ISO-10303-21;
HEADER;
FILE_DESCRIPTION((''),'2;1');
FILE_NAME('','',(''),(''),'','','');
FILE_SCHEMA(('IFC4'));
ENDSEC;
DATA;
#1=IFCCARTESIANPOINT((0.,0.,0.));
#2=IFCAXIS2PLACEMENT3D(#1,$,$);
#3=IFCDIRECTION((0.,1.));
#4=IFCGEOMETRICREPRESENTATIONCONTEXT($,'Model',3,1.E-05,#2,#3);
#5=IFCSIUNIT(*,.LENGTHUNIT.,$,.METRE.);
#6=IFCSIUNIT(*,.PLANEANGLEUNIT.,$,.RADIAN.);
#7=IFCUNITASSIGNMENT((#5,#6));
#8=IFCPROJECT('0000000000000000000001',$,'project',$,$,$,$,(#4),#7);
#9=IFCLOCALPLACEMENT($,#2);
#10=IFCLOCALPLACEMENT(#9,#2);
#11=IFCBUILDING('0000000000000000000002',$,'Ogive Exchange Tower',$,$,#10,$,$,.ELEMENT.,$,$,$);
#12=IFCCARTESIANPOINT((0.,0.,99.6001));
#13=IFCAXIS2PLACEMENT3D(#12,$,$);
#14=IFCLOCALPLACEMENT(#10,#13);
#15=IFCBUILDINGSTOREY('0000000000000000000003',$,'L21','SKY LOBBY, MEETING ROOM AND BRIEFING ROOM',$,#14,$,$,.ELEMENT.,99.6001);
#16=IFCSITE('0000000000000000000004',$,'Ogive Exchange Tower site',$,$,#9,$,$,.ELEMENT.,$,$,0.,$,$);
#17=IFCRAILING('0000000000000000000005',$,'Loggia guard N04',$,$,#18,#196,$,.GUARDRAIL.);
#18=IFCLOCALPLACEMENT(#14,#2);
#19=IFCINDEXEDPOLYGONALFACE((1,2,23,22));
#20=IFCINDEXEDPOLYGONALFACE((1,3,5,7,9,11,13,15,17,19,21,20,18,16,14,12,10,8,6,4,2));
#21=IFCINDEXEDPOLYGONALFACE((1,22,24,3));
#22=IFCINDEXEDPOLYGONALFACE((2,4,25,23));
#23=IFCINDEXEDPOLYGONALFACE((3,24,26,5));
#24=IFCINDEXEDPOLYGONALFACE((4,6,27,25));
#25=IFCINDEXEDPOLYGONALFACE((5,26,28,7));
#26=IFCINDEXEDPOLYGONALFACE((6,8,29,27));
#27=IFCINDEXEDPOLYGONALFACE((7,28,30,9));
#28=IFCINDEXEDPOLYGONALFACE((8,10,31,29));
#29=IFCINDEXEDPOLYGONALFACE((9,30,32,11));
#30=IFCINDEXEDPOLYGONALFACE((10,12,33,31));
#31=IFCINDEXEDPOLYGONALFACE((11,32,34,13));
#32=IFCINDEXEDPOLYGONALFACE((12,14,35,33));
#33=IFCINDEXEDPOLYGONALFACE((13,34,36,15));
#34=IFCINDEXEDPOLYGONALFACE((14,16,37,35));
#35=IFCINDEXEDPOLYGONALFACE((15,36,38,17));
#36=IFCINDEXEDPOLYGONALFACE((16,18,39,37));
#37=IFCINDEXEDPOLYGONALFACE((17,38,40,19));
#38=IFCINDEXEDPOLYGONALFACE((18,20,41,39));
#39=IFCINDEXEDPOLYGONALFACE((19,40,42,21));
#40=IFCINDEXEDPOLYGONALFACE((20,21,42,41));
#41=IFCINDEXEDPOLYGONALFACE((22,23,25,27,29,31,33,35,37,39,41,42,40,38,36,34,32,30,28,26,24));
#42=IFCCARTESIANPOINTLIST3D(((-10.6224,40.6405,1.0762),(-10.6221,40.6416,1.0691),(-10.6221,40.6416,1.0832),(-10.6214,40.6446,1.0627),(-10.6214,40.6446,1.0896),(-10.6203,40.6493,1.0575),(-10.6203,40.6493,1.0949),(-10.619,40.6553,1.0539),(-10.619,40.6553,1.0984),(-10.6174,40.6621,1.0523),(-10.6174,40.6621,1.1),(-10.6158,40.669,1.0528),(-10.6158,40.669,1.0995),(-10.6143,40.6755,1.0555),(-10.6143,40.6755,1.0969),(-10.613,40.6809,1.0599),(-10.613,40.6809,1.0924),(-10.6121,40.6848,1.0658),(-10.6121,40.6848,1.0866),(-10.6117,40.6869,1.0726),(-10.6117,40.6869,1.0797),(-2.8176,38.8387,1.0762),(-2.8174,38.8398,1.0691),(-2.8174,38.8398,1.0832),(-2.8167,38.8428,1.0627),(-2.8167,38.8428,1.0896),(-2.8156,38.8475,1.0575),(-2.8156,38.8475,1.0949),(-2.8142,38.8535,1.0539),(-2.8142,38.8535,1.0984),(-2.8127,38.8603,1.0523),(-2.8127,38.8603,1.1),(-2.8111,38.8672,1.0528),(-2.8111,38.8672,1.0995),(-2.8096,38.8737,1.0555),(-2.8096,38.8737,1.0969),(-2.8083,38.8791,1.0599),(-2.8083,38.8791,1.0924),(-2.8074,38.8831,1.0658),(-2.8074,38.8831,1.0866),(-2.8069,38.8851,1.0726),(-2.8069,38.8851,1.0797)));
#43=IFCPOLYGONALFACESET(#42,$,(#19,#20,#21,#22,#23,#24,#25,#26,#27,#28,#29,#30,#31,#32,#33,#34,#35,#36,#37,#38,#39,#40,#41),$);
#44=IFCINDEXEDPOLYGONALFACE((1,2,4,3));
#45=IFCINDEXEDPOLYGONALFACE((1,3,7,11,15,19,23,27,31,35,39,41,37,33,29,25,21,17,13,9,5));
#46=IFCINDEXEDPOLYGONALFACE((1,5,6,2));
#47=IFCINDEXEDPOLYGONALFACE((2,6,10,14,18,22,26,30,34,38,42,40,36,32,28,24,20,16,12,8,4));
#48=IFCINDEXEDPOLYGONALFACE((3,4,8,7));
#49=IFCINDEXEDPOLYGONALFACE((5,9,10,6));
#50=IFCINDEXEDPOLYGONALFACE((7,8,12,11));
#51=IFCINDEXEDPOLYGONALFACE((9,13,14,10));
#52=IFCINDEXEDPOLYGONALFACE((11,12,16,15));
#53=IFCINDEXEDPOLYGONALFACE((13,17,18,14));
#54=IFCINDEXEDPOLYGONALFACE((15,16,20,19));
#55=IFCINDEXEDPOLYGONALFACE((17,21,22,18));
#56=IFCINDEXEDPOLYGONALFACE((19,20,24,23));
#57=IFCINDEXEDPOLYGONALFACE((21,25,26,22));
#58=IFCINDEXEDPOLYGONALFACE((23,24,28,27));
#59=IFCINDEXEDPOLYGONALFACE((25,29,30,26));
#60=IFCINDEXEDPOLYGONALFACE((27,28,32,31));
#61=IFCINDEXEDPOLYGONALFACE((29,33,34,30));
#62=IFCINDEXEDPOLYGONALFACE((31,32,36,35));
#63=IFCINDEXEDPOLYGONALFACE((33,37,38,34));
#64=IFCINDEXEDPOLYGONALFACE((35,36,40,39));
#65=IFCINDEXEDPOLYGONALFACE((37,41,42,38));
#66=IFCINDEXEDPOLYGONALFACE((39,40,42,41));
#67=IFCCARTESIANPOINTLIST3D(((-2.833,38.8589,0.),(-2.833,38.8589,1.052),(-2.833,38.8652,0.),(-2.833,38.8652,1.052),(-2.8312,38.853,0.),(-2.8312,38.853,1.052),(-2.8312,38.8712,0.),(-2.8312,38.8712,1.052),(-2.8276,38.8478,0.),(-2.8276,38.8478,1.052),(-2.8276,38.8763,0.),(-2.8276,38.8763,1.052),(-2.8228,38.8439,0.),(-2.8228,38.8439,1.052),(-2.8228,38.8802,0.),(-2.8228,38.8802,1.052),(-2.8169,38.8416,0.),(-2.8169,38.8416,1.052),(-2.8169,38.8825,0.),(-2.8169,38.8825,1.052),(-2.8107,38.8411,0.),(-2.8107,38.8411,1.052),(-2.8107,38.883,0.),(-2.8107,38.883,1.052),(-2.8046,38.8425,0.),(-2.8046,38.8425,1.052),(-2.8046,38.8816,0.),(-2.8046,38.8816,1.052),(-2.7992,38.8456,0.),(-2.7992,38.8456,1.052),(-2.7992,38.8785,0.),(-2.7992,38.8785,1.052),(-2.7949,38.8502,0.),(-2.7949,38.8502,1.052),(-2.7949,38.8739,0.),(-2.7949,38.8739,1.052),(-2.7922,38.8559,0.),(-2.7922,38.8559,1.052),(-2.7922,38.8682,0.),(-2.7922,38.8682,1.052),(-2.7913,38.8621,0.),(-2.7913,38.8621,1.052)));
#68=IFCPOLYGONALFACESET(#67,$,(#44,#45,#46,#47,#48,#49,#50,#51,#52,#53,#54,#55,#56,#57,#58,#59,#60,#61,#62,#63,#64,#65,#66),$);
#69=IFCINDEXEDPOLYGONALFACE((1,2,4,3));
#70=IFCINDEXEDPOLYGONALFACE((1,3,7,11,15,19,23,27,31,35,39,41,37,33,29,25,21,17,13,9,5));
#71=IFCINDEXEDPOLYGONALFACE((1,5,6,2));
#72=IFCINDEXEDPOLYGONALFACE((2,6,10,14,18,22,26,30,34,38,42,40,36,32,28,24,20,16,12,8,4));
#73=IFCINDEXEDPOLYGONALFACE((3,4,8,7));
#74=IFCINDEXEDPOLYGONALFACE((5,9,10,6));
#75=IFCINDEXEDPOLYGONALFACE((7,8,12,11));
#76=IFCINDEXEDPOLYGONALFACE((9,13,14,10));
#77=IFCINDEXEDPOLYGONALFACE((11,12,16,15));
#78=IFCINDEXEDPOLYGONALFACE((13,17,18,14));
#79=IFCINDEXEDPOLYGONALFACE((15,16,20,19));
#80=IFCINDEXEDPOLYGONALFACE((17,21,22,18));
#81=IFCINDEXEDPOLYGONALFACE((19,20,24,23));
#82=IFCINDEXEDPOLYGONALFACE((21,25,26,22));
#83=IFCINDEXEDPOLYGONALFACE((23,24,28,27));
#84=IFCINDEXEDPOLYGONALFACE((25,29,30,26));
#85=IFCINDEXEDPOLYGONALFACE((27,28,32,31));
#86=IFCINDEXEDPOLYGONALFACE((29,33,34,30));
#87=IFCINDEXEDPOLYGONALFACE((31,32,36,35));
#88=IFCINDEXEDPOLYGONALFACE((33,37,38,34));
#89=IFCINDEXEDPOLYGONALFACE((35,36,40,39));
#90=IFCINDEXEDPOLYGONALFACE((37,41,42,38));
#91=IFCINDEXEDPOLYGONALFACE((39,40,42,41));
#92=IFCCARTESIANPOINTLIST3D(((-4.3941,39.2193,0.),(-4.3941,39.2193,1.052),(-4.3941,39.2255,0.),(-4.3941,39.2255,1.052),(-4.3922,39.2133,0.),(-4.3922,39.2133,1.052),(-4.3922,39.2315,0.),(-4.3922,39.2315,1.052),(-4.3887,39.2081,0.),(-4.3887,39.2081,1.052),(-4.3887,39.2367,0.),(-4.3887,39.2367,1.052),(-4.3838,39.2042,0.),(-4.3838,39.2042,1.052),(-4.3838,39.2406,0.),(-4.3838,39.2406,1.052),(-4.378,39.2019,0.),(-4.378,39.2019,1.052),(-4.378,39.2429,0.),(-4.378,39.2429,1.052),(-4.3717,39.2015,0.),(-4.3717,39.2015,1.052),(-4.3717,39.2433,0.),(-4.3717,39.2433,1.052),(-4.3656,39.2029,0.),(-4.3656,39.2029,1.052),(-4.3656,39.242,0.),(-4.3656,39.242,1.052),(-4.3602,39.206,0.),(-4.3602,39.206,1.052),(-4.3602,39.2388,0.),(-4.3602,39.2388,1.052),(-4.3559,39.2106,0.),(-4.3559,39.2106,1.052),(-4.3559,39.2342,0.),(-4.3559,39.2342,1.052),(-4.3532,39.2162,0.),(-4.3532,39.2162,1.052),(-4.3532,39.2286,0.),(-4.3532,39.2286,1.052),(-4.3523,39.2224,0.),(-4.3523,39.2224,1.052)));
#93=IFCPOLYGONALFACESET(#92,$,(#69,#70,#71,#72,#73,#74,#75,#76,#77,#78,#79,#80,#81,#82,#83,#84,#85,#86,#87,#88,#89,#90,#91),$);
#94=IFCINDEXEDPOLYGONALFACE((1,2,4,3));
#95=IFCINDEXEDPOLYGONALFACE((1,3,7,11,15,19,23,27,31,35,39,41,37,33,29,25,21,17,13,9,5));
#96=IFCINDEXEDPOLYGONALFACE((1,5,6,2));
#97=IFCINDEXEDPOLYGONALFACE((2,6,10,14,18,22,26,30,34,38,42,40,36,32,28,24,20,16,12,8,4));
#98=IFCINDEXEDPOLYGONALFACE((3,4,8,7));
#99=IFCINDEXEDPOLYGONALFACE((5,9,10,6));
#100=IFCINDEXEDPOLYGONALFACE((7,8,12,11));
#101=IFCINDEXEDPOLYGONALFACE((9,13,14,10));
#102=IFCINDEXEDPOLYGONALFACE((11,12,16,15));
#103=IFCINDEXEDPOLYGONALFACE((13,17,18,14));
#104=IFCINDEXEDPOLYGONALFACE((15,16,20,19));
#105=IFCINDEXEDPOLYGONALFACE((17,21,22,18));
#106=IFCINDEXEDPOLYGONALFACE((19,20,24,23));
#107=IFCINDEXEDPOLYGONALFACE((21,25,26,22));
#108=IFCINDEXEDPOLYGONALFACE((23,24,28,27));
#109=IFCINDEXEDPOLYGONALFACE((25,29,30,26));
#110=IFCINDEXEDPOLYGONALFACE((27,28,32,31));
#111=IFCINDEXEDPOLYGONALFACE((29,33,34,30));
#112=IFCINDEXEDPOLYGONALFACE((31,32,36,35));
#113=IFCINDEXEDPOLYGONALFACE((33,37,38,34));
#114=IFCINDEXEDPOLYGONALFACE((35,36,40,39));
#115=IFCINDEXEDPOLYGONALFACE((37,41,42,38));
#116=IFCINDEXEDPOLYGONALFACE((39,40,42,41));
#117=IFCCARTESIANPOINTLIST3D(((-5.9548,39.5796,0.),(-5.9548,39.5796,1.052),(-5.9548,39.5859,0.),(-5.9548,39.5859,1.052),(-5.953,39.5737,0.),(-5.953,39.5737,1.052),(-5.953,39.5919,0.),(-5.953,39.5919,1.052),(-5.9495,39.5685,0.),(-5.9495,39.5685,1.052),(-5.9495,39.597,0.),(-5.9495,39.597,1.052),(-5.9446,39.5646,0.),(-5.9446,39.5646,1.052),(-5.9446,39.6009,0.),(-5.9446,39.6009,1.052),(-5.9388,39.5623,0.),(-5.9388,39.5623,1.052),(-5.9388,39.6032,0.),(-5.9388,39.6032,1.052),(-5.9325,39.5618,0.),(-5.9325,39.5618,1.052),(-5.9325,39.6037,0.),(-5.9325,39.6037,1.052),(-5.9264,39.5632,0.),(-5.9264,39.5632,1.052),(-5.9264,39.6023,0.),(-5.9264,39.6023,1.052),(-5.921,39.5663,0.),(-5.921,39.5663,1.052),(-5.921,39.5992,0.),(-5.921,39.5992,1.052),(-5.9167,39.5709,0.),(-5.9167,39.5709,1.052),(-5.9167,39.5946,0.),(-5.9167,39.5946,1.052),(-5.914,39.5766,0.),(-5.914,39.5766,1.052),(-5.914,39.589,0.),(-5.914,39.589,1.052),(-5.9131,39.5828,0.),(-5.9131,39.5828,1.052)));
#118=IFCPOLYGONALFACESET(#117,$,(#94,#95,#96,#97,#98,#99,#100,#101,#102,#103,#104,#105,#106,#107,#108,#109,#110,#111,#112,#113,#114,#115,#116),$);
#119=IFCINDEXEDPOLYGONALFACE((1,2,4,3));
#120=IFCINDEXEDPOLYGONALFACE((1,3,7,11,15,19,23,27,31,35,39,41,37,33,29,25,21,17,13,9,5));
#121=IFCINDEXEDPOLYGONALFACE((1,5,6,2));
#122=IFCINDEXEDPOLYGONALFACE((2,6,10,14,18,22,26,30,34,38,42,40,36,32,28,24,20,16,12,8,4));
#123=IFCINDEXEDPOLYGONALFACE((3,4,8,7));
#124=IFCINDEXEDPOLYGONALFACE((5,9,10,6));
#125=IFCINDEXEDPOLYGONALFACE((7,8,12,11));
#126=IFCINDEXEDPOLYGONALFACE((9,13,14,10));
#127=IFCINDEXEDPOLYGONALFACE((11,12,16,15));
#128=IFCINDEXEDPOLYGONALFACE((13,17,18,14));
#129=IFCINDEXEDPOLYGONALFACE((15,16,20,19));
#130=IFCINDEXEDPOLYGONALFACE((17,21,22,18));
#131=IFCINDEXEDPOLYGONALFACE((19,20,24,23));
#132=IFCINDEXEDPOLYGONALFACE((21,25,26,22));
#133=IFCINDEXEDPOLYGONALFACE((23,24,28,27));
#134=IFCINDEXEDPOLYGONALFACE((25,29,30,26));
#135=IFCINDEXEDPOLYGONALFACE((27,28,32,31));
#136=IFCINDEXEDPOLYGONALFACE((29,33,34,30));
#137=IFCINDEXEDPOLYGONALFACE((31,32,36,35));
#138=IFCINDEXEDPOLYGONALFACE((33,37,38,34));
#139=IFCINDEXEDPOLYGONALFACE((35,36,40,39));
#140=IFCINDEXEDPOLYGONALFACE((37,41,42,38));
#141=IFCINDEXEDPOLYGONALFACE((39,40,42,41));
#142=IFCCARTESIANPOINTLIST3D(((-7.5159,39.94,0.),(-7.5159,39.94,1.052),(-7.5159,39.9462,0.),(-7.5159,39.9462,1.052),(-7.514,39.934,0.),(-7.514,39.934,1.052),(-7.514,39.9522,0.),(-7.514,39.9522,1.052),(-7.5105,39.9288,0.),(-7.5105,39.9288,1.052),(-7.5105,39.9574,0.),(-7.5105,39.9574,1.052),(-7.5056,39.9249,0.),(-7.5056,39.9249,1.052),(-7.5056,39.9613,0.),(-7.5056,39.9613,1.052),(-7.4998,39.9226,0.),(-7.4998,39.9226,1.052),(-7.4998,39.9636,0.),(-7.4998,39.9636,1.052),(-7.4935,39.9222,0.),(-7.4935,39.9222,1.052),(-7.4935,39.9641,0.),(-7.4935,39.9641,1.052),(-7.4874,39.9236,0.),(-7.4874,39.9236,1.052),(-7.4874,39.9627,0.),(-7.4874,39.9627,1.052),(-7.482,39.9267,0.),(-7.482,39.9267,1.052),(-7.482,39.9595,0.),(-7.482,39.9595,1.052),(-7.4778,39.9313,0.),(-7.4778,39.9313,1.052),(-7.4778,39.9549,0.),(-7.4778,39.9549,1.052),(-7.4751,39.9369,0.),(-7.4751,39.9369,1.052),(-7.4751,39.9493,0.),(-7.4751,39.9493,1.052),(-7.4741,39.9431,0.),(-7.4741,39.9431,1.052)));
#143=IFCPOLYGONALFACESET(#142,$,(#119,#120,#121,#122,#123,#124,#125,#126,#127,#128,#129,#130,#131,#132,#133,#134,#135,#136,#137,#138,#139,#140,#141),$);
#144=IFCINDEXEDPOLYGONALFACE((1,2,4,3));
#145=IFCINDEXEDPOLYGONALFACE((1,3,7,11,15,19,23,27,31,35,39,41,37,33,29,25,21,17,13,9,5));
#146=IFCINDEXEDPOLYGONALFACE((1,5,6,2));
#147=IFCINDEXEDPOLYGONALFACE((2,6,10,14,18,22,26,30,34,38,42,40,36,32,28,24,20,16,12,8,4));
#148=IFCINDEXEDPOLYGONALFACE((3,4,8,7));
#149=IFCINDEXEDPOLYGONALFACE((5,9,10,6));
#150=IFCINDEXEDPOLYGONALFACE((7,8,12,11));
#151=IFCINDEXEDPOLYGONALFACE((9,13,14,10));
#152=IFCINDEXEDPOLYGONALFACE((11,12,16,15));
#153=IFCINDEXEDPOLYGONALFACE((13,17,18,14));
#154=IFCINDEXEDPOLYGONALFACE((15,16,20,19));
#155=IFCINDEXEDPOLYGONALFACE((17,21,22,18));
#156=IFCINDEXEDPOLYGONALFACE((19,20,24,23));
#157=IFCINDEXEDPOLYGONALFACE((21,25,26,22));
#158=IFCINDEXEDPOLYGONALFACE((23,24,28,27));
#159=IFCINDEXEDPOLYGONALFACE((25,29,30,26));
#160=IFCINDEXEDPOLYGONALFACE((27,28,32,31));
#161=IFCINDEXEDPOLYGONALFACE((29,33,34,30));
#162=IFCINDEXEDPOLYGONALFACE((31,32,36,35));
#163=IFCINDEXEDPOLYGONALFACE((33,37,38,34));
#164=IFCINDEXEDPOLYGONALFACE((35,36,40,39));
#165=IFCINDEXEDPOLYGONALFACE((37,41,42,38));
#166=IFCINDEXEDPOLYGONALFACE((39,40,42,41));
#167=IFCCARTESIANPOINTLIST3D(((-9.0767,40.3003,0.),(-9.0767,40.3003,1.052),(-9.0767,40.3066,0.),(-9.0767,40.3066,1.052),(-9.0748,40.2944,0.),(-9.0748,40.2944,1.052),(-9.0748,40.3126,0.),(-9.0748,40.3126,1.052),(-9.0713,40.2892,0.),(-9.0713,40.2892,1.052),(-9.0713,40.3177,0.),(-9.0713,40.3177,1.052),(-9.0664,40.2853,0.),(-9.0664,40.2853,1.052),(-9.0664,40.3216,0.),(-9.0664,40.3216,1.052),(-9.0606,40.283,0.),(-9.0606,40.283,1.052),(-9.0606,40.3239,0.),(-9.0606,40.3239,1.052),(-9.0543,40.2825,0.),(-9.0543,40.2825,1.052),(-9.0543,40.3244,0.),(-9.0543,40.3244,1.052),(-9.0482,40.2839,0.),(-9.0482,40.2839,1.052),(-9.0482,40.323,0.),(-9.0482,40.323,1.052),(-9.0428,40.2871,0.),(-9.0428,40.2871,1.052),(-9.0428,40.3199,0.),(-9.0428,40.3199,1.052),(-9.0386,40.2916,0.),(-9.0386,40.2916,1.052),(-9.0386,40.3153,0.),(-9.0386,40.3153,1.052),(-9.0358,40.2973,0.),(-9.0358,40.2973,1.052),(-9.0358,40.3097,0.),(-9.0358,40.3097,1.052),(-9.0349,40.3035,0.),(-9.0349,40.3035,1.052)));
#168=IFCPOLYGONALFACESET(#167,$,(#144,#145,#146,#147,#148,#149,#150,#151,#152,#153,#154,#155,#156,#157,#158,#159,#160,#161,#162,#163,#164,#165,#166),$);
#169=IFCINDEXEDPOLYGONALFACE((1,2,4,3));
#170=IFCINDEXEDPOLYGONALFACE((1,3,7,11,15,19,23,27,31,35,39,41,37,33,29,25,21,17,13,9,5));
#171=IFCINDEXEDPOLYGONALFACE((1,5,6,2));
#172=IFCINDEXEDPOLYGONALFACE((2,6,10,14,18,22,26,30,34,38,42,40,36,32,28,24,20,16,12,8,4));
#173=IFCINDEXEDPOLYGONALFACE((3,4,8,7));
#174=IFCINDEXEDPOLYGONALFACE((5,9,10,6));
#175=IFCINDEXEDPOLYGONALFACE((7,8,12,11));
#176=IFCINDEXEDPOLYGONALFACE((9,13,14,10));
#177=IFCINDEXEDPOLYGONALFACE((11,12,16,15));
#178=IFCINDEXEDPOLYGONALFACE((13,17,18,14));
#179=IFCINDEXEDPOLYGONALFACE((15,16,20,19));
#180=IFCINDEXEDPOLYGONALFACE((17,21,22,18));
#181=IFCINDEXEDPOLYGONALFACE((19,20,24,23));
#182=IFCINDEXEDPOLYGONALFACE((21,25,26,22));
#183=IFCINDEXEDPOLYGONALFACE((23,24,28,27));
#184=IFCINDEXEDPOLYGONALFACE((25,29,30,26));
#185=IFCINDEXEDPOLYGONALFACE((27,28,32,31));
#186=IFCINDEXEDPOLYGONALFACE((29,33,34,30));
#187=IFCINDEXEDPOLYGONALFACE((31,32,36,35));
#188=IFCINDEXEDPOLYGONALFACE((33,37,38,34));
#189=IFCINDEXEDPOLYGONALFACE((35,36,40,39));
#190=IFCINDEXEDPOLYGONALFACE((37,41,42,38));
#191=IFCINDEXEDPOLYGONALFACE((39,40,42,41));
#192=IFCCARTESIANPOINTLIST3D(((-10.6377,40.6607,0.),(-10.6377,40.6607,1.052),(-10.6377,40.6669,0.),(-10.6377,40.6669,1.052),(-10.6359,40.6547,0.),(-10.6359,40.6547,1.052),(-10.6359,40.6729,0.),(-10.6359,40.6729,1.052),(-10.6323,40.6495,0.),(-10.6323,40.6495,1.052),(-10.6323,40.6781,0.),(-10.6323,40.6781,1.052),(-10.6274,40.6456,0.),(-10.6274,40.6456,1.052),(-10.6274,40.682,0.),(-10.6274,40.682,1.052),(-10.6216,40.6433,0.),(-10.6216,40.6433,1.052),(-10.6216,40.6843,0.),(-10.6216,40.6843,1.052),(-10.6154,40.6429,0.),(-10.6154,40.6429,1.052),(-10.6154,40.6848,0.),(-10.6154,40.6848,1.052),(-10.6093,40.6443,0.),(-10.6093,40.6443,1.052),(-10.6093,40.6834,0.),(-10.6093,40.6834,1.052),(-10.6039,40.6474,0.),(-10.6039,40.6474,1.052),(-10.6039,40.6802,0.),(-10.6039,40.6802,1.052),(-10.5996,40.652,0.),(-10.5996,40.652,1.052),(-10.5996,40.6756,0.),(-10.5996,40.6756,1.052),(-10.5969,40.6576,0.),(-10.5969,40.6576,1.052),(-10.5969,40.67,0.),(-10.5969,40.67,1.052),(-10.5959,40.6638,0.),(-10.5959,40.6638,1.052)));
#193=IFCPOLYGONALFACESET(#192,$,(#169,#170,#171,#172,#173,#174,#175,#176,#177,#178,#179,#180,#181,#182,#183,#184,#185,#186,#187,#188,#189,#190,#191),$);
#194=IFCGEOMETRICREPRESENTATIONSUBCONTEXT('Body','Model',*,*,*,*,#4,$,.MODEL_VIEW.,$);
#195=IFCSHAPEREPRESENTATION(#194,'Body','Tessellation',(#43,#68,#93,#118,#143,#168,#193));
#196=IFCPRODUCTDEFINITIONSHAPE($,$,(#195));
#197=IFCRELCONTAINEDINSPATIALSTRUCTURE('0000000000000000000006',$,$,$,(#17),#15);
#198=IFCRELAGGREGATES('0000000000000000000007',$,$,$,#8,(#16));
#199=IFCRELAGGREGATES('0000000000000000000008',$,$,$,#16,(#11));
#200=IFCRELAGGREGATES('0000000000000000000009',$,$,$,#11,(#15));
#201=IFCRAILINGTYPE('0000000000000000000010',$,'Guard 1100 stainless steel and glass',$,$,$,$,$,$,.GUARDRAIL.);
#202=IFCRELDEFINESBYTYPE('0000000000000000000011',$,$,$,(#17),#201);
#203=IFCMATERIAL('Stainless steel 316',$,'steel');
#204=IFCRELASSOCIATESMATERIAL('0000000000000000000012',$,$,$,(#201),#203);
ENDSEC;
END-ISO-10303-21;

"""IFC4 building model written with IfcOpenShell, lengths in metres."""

from ifc_helpers import new_model, si_unit, direction, frame, origin, origin_2d, place, context, subcontext, project, spatial, circle, extrude, material, type_object, element, save


model = new_model("IFC4")

# Units and contexts
model_context = context("Model", 3, precision=1e-05, world=origin(), true_north=direction((0.0, 1.0)))
body_context = subcontext(model_context, "Body", "Model", "MODEL_VIEW")
ifc_project = project(units=[si_unit("LENGTHUNIT", "METRE"), si_unit("PLANEANGLEUNIT", "RADIAN")], contexts=[model_context])

# Site, building, storey
site_placement = place(None, origin())
site = spatial("IfcSite", under=ifc_project, at=site_placement, Name="Ogive Exchange Tower site", CompositionType="ELEMENT", RefElevation=0.0)
building_placement = place(site_placement, origin())
building = spatial("IfcBuilding", under=site, at=building_placement, Name="Ogive Exchange Tower", CompositionType="ELEMENT")
storey_placement = place(building_placement, frame((0.0, 0.0, 99.6001)))
storey = spatial("IfcBuildingStorey", under=building, at=storey_placement, Name="L21", Description="SKY LOBBY, MEETING ROOM AND BRIEFING ROOM", CompositionType="ELEMENT", Elevation=99.6001)

# Railing
ifc_material_1 = material(Name="Stainless steel 316", Category="steel")
railing_type = type_object("IfcRailingType", Name="Guard 1100 stainless steel and glass", PredefinedType="GUARDRAIL", material=ifc_material_1)
railing_placement = place(storey_placement, frame((-2.8123, 38.8621, 0.0)))
element("IfcRailing", 1, at=railing_placement, inside=storey, type_object=railing_type, Name="Loggia guard N04", PredefinedType="GUARDRAIL", context=body_context, shape_type="SweptSolid", body=[
    extrude(circle(Radius=0.0239, at=origin_2d()), frame((0.0, 0.0, 1.0762), z_axis=(-0.974373, 0.22494, 0.0), x_axis=(-0.22494, -0.974373, 0.0)), (0.0, 0.0, 1.0), 8.01),
    extrude(circle(Radius=0.021, at=origin_2d()), origin(), (0.0, 0.0, 1.0), 1.052),
    extrude(circle(Radius=0.021, at=origin_2d()), frame((-1.561, 0.3604, 0.0)), (0.0, 0.0, 1.0), 1.052),
    extrude(circle(Radius=0.021, at=origin_2d()), frame((-3.1218, 0.7207, 0.0)), (0.0, 0.0, 1.0), 1.052),
    extrude(circle(Radius=0.021, at=origin_2d()), frame((-4.6829, 1.0811, 0.0)), (0.0, 0.0, 1.0), 1.052),
    extrude(circle(Radius=0.021, at=origin_2d()), frame((-6.2437, 1.4414, 0.0)), (0.0, 0.0, 1.0), 1.052),
    extrude(circle(Radius=0.021, at=origin_2d()), frame((-7.8047, 1.8018, 0.0)), (0.0, 0.0, 1.0), 1.052),
])

save(model, "model.ifc")
